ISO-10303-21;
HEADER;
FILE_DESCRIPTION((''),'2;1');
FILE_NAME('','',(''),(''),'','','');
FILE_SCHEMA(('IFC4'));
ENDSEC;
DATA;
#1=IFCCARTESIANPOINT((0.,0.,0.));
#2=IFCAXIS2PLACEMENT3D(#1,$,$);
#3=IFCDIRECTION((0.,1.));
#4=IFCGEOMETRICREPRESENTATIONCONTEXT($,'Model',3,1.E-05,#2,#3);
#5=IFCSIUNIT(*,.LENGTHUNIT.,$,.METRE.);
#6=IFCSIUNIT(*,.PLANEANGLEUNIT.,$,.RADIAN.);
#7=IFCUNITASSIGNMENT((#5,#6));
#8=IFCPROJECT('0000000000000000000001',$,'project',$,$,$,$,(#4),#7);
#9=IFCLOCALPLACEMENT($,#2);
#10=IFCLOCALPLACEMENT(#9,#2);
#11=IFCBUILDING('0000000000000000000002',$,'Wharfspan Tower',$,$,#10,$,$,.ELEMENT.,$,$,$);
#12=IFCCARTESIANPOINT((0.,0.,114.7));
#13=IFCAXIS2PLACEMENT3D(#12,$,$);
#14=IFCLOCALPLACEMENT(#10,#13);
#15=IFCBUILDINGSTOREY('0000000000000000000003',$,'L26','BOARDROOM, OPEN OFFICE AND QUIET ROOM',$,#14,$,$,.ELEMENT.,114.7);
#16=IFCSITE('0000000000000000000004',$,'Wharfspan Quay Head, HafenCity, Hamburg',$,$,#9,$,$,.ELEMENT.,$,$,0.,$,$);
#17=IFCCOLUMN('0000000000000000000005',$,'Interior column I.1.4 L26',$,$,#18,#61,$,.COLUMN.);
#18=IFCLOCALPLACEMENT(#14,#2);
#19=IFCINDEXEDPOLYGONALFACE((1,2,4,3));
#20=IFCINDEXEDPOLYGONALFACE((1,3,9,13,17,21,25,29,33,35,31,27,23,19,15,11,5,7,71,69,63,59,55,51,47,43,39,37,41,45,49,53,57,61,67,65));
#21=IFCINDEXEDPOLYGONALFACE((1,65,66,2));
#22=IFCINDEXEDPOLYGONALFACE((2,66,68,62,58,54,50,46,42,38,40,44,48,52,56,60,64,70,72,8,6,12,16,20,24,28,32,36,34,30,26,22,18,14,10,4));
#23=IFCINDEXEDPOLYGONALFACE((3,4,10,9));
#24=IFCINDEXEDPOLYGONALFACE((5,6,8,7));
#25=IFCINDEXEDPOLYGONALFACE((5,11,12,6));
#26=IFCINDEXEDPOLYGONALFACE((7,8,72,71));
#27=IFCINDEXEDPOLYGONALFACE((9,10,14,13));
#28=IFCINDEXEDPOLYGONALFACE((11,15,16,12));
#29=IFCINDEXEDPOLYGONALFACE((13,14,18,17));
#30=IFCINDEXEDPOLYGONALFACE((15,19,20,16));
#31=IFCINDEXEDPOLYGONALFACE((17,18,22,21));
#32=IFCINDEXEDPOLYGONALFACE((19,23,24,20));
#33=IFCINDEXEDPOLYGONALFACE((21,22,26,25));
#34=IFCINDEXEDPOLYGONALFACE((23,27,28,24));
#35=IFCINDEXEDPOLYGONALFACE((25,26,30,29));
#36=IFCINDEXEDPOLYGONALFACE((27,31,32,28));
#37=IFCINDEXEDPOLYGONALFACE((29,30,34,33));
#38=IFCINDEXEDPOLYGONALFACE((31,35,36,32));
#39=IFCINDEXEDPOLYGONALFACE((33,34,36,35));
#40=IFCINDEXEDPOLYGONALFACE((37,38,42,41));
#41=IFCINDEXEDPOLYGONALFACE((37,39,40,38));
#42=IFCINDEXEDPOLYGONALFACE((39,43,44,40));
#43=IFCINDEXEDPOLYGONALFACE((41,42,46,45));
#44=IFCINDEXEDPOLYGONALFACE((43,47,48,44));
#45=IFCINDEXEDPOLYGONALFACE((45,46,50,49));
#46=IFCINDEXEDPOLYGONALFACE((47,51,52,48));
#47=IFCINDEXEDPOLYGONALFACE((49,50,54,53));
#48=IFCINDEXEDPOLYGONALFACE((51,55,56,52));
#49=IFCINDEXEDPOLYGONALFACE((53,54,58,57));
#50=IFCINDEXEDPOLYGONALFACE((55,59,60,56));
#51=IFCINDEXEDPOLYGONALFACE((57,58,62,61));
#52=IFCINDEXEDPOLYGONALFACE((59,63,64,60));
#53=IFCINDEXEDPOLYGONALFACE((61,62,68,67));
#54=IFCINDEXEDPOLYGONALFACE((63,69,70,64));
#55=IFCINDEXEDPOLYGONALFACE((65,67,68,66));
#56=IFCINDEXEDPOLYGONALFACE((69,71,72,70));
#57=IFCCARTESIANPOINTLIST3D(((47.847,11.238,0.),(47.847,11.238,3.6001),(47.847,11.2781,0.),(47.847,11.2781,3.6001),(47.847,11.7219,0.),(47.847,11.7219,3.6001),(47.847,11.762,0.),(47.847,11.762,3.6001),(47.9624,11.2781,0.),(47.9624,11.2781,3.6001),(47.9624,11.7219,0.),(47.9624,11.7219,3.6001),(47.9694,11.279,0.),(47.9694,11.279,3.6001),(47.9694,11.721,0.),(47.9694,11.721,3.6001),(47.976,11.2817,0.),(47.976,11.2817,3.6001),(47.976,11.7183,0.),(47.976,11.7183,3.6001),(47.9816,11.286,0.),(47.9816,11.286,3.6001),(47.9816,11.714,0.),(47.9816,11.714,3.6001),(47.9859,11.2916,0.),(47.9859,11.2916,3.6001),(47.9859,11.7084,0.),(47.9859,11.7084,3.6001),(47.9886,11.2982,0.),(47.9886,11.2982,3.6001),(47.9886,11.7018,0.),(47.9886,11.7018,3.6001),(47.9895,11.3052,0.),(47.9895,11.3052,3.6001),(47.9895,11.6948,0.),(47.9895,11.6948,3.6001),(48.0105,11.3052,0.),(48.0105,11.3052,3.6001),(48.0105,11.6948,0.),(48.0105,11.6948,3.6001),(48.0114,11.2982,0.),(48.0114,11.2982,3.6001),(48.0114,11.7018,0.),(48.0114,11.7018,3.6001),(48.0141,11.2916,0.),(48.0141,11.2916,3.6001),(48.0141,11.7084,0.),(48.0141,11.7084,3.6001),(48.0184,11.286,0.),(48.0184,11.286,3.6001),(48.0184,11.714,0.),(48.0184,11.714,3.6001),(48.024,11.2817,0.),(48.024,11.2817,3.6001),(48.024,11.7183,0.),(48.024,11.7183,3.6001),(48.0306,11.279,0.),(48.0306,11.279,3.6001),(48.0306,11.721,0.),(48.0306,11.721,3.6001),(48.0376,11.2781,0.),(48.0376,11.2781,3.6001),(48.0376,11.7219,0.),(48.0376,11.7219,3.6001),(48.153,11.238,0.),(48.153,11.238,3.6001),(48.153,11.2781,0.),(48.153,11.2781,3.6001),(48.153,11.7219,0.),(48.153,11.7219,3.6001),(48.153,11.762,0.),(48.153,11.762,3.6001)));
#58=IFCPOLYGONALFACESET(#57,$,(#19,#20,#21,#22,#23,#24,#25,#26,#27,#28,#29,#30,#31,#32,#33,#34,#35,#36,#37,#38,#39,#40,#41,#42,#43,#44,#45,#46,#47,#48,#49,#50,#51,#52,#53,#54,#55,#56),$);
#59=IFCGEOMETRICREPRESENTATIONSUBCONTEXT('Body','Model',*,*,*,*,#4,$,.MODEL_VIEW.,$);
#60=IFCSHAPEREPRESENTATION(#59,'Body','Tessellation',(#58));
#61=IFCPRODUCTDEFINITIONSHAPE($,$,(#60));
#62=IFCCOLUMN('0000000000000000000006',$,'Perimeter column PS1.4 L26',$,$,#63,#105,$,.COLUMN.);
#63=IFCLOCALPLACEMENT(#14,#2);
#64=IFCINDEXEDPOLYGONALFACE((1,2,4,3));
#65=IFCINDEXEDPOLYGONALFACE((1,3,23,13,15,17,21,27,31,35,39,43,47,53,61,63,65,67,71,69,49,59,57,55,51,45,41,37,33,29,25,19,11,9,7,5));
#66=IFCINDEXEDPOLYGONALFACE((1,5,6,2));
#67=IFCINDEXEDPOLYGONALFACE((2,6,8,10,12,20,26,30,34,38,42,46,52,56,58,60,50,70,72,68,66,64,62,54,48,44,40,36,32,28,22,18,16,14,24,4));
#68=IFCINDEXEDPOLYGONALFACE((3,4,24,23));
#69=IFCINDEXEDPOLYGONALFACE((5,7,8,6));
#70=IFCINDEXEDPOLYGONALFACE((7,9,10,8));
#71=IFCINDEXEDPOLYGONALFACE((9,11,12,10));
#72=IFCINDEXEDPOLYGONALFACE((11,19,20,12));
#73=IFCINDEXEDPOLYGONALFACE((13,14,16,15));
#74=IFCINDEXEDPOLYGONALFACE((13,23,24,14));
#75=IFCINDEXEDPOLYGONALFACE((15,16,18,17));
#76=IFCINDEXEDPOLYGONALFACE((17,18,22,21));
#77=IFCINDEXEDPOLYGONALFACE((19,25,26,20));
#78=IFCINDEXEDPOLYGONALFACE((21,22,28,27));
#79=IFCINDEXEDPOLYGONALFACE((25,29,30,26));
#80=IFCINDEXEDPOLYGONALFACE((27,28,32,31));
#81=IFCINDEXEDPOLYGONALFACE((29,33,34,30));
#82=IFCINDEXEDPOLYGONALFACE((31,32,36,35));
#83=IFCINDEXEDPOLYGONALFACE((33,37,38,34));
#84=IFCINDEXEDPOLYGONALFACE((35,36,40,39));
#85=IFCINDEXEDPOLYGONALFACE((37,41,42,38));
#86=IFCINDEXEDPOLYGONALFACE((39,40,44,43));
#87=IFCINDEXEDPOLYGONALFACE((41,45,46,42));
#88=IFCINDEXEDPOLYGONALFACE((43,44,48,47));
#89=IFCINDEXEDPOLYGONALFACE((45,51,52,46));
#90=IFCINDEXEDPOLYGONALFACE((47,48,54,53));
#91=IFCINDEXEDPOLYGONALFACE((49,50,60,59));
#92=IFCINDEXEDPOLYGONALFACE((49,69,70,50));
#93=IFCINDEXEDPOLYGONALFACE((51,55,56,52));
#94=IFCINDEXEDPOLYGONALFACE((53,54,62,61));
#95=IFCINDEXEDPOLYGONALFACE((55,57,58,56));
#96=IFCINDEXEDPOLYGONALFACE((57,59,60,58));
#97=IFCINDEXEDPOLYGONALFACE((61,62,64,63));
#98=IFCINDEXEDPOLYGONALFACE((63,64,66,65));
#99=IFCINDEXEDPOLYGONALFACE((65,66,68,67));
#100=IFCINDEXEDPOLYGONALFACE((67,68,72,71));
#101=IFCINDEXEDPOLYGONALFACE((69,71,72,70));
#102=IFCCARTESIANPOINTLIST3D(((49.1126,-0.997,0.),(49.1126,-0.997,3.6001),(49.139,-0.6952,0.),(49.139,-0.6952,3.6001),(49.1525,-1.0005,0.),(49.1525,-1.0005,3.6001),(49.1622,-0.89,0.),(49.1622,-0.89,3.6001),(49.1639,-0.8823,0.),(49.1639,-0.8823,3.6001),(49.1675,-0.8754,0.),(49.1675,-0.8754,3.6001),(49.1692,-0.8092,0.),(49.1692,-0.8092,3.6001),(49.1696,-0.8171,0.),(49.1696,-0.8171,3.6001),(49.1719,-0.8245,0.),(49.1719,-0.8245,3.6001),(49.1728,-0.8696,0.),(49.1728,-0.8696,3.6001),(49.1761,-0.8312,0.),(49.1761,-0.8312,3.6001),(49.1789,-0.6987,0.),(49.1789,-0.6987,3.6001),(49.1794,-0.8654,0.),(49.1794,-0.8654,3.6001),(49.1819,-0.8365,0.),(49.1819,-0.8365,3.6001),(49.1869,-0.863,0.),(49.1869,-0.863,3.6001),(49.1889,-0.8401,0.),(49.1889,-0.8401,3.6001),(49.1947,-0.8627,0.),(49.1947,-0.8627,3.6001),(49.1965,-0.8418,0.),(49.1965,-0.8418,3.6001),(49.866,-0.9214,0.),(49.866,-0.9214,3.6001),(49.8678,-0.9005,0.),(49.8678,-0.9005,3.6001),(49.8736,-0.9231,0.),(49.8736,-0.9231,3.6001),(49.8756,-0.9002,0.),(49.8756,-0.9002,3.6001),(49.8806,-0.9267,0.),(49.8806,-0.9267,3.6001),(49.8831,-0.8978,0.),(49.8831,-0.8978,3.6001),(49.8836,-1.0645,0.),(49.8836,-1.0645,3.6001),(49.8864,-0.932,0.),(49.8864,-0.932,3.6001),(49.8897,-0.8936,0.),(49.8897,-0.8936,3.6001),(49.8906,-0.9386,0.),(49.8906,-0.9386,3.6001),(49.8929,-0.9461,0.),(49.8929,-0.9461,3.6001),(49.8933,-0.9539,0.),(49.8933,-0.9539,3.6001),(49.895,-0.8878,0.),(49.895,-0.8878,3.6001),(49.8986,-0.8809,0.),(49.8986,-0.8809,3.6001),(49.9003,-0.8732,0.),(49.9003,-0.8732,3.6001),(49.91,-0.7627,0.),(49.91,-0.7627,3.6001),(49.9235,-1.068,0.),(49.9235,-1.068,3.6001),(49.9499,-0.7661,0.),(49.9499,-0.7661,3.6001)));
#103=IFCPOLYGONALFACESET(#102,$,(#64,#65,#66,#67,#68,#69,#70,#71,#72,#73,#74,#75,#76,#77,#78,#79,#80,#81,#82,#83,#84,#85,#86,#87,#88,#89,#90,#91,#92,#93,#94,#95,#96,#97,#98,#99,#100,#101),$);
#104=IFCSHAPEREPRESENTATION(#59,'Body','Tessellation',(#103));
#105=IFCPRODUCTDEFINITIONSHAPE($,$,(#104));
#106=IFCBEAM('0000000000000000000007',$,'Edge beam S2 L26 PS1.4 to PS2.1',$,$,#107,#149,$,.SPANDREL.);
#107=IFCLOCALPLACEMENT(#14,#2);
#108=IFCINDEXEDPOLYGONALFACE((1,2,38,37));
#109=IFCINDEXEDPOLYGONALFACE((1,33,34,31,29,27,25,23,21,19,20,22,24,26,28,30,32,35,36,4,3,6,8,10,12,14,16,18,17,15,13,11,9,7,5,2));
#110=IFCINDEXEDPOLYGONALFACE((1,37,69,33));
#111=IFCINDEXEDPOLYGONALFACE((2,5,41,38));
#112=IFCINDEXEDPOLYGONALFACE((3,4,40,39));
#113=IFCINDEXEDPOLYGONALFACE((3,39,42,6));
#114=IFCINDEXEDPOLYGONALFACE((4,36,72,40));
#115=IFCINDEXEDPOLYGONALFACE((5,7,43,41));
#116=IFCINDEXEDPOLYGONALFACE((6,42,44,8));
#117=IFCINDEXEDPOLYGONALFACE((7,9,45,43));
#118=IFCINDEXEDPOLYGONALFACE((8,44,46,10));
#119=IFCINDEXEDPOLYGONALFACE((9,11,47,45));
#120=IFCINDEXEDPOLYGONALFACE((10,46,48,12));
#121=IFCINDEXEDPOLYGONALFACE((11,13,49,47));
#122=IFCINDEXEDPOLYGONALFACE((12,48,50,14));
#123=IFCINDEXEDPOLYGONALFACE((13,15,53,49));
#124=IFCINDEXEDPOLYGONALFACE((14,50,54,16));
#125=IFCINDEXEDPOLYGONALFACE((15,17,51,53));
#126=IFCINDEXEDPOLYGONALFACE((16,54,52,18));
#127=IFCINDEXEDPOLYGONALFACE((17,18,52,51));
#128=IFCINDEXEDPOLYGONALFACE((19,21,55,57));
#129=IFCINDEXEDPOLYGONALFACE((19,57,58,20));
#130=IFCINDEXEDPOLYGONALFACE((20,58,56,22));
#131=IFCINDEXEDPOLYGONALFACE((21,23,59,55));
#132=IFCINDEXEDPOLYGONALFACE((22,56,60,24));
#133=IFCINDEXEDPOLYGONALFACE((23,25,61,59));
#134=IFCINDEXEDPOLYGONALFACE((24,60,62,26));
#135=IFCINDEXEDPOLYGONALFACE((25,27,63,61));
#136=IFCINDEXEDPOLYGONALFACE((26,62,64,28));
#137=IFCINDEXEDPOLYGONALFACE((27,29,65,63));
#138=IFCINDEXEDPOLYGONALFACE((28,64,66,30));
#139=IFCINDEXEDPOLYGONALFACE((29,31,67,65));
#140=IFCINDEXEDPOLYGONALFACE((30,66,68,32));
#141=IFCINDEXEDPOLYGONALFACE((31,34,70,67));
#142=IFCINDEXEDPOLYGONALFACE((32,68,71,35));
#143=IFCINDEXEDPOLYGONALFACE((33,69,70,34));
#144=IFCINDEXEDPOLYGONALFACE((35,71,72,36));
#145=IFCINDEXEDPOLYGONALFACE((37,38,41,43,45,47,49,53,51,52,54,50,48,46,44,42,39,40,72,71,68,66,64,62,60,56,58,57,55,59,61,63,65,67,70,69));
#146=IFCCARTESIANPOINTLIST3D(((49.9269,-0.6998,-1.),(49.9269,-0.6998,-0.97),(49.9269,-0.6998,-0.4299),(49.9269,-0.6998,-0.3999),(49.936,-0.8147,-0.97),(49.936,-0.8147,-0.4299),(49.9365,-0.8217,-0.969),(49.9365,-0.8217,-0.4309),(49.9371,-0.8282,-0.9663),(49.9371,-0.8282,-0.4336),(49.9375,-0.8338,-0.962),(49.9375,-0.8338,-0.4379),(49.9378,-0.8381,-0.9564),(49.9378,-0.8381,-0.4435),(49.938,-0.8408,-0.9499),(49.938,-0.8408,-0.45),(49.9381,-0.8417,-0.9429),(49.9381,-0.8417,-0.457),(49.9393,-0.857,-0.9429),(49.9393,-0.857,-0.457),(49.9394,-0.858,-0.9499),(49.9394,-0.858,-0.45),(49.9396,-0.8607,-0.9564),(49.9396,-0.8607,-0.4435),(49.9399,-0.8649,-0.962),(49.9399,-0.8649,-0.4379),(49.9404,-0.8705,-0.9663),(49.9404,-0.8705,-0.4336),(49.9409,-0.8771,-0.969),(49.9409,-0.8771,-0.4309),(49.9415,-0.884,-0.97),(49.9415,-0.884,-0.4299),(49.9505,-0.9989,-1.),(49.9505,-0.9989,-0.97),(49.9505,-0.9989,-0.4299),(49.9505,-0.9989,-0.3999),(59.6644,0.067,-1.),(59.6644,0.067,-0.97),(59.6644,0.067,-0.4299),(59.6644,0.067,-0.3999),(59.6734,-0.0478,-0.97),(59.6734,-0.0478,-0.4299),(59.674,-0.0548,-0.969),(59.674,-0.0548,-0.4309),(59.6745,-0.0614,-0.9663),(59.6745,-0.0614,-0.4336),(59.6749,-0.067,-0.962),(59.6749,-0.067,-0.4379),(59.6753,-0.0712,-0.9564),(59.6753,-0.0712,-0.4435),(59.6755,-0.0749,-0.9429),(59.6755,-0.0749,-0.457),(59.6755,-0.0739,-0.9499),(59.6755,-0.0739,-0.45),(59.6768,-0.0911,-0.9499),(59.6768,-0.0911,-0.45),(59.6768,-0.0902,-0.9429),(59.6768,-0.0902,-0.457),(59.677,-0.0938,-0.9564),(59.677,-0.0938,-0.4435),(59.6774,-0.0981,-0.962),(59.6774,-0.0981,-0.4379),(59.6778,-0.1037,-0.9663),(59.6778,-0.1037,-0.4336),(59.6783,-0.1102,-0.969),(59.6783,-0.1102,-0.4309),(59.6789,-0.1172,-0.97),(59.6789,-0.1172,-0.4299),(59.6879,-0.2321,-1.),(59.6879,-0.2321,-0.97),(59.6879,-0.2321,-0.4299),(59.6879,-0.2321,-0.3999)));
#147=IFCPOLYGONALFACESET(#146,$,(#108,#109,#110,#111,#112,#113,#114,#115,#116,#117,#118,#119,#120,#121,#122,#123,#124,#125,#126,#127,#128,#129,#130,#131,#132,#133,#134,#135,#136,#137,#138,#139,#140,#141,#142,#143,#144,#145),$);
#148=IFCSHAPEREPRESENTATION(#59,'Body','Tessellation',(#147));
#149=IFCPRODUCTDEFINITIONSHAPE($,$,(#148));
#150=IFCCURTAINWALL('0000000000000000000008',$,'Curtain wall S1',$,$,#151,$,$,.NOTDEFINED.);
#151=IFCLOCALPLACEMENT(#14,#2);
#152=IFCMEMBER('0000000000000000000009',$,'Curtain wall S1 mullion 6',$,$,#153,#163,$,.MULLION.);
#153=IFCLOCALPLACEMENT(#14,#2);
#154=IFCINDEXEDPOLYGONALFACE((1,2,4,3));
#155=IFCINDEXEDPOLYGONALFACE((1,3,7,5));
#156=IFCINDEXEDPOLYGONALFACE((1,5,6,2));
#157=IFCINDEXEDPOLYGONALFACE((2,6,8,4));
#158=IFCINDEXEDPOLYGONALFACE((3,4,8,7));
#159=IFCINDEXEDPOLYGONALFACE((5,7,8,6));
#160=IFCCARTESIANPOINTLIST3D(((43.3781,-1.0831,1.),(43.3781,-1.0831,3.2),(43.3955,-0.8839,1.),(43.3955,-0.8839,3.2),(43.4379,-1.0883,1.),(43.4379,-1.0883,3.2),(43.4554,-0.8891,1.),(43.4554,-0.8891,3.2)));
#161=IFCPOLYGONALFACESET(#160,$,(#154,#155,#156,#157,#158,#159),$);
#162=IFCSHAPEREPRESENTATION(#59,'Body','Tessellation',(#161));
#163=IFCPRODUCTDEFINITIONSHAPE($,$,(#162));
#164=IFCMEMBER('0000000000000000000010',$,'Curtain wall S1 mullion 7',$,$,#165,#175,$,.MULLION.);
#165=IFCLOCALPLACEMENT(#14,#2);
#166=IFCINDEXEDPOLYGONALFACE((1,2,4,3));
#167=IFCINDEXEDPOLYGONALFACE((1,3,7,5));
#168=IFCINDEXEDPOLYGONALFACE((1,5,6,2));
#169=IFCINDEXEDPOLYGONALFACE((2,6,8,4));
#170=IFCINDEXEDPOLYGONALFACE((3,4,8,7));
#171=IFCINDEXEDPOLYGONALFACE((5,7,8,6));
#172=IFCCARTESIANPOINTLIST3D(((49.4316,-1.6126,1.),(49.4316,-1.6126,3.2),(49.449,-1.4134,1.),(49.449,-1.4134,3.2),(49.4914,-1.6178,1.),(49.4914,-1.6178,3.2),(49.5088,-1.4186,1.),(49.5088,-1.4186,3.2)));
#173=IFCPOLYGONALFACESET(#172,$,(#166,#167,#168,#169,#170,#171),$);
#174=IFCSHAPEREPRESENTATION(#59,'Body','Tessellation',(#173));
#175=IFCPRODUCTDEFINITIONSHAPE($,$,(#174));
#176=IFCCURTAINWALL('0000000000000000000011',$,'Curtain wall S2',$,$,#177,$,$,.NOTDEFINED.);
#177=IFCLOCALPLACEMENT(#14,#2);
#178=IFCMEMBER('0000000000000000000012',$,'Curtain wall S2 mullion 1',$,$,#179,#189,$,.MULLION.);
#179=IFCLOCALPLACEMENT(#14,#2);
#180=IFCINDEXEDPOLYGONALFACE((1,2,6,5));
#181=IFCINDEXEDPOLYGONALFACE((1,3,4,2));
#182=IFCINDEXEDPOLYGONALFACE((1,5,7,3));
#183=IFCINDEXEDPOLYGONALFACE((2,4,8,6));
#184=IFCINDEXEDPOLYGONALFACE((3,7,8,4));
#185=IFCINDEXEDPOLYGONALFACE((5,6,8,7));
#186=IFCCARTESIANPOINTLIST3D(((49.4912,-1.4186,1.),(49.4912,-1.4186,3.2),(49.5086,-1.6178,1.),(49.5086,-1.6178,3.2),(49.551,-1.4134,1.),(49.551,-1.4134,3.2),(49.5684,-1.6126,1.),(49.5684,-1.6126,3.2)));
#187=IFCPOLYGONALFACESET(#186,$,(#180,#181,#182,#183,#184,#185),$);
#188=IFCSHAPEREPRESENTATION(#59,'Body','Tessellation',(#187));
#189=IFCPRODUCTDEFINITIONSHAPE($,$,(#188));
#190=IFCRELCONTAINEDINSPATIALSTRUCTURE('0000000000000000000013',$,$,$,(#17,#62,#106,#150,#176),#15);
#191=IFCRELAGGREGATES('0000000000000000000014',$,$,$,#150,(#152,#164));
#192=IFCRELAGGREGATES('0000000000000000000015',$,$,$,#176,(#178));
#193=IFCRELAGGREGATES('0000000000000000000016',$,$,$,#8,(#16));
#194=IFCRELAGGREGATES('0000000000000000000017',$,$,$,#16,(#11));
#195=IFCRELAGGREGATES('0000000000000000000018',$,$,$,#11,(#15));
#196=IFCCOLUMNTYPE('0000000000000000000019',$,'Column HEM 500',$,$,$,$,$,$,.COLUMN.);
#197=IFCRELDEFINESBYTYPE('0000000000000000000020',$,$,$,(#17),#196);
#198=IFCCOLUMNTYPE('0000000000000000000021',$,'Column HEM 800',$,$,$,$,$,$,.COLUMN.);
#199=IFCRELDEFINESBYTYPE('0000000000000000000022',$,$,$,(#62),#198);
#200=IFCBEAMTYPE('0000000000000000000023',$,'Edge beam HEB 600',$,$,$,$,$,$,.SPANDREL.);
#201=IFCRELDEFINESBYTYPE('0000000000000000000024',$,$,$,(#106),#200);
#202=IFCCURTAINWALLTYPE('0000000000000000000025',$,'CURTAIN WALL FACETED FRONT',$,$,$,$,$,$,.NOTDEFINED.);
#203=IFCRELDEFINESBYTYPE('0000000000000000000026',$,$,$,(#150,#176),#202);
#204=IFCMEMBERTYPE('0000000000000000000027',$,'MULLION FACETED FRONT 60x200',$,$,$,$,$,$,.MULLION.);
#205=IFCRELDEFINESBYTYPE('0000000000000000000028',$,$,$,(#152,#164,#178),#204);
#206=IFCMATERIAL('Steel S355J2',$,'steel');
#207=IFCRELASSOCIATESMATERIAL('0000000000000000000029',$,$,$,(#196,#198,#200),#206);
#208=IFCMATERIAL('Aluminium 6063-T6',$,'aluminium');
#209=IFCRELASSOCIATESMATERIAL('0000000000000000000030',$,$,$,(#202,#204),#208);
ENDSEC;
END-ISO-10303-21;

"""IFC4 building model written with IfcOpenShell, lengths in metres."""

from ifc_helpers import new_model, si_unit, direction, frame, origin, origin_2d, place, context, subcontext, project, spatial, rectangle, i_section, extrude, material, material_profile, profile_set, type_object, element, aggregate, save


model = new_model("IFC4")

# Units and contexts
model_context = context("Model", 3, precision=1e-05, world=origin(), true_north=direction((0.0, 1.0)))
body_context = subcontext(model_context, "Body", "Model", "MODEL_VIEW")
ifc_project = project(units=[si_unit("LENGTHUNIT", "METRE"), si_unit("PLANEANGLEUNIT", "RADIAN")], contexts=[model_context])

# Site, building, storey
site_placement = place(None, origin())
site = spatial("IfcSite", under=ifc_project, at=site_placement, Name="Wharfspan Quay Head, HafenCity, Hamburg", CompositionType="ELEMENT", RefElevation=0.0)
building_placement = place(site_placement, origin())
building = spatial("IfcBuilding", under=site, at=building_placement, Name="Wharfspan Tower", CompositionType="ELEMENT")
storey_placement = place(building_placement, frame((0.0, 0.0, 114.7)))
storey = spatial("IfcBuildingStorey", under=building, at=storey_placement, Name="L26", Description="BOARDROOM, OPEN OFFICE AND QUIET ROOM", CompositionType="ELEMENT", Elevation=114.7)

# Columns
ifc_material_1 = material(Name="Steel S355J2", Category="steel")
ifc_material_profile_1 = material_profile(ifc_material_1, i_section(OverallWidth=0.3059, OverallDepth=0.5239, WebThickness=0.021, FlangeThickness=0.04, FilletRadius=0.0271, at=origin_2d()))
ifc_profile_set_1 = profile_set([ifc_material_profile_1], Name="Steel S355J2")
column_type_1 = type_object("IfcColumnType", Name="Column HEM 500", PredefinedType="COLUMN", material=ifc_profile_set_1)
column_1_placement = place(storey_placement, frame((48.0, 11.5, 0.0), z_axis=(0.0, 0.0, 1.0), x_axis=(1.0, 0.0, 0.0)))
element("IfcColumn", 1, at=column_1_placement, inside=storey, type_object=column_type_1, Name="Interior column I.1.4 L26", PredefinedType="COLUMN", context=body_context, shape_type="SweptSolid", body=[
    extrude(i_section(OverallWidth=0.3059, OverallDepth=0.5239, WebThickness=0.021, FlangeThickness=0.04, FilletRadius=0.0271, at=origin_2d()), origin(), (0.0, 0.0, 1.0), 3.6001),
])
ifc_material_profile_2 = material_profile(ifc_material_1, i_section(OverallWidth=0.303, OverallDepth=0.814, WebThickness=0.021, FlangeThickness=0.04, FilletRadius=0.03, at=origin_2d()))
ifc_profile_set_2 = profile_set([ifc_material_profile_2], Name="Steel S355J2")
column_type_2 = type_object("IfcColumnType", Name="Column HEM 800", PredefinedType="COLUMN", material=ifc_profile_set_2)
column_2_placement = place(storey_placement, frame((49.5312, -0.8816, 0.0), z_axis=(0.0, 0.0, 1.0), x_axis=(-0.087156, -0.996198, 0.0)))
element("IfcColumn", 2, at=column_2_placement, inside=storey, type_object=column_type_2, Name="Perimeter column PS1.4 L26", PredefinedType="COLUMN", context=body_context, shape_type="SweptSolid", body=[
    extrude(i_section(OverallWidth=0.303, OverallDepth=0.814, WebThickness=0.021, FlangeThickness=0.04, FilletRadius=0.03, at=origin_2d()), origin(), (0.0, 0.0, 1.0), 3.6001),
])

# Beam
ifc_material_profile_3 = material_profile(ifc_material_1, i_section(OverallWidth=0.3, OverallDepth=0.6001, WebThickness=0.0154, FlangeThickness=0.03, FilletRadius=0.0271, at=origin_2d()))
ifc_profile_set_3 = profile_set([ifc_material_profile_3], Name="Steel S355J2")
beam_type = type_object("IfcBeamType", Name="Edge beam HEB 600", PredefinedType="SPANDREL", material=ifc_profile_set_3)
beam_placement = place(storey_placement, frame((49.9387, -0.8494, -0.7), z_axis=(0.996913, 0.078508, 0.0), x_axis=(-0.078508, 0.996913, 0.0)))
element("IfcBeam", 3, at=beam_placement, inside=storey, type_object=beam_type, Name="Edge beam S2 L26 PS1.4 to PS2.1", PredefinedType="SPANDREL", context=body_context, shape_type="SweptSolid", body=[
    extrude(i_section(OverallWidth=0.3, OverallDepth=0.6001, WebThickness=0.0154, FlangeThickness=0.03, FilletRadius=0.0271, at=origin_2d()), origin(), (0.0, 0.0, 1.0), 9.7676),
])

# Curtain walls, members
ifc_material_2 = material(Name="Aluminium 6063-T6", Category="aluminium")
curtain_wall_type = type_object("IfcCurtainWallType", Name="CURTAIN WALL FACETED FRONT", PredefinedType="NOTDEFINED", material=ifc_material_2)
curtain_wall_1_placement = place(storey_placement, origin())
curtain_wall_1 = element("IfcCurtainWall", 4, at=curtain_wall_1_placement, inside=storey, type_object=curtain_wall_type, Name="Curtain wall S1", PredefinedType="NOTDEFINED")
ifc_material_profile_4 = material_profile(ifc_material_2, rectangle(XDim=0.2, YDim=0.0601, at=origin_2d()))
ifc_profile_set_4 = profile_set([ifc_material_profile_4], Name="Aluminium 6063-T6")
member_type_1 = type_object("IfcMemberType", Name="MULLION FACETED FRONT 60x200", PredefinedType="MULLION", material=ifc_profile_set_4)
member_1_placement = place(storey_placement, frame((43.4167, -0.9861, 1.0), z_axis=(0.0, 0.0, 1.0), x_axis=(0.087156, 0.996198, 0.0)))
member_1 = element("IfcMember", 5, at=member_1_placement, type_object=member_type_1, Name="Curtain wall S1 mullion 6", PredefinedType="MULLION", context=body_context, shape_type="SweptSolid", body=[
    extrude(rectangle(XDim=0.2, YDim=0.0601, at=origin_2d()), origin(), (0.0, 0.0, 1.0), 2.2),
])
member_2_placement = place(storey_placement, frame((49.4702, -1.5156, 1.0), z_axis=(0.0, 0.0, 1.0), x_axis=(0.087156, 0.996198, 0.0)))
member_2 = element("IfcMember", 6, at=member_2_placement, type_object=member_type_1, Name="Curtain wall S1 mullion 7", PredefinedType="MULLION", context=body_context, shape_type="SweptSolid", body=[
    extrude(rectangle(XDim=0.2, YDim=0.0601, at=origin_2d()), origin(), (0.0, 0.0, 1.0), 2.2),
])
curtain_wall_2_placement = place(storey_placement, origin())
curtain_wall_2 = element("IfcCurtainWall", 7, at=curtain_wall_2_placement, inside=storey, type_object=curtain_wall_type, Name="Curtain wall S2", PredefinedType="NOTDEFINED")
member_3_placement = place(storey_placement, frame((49.5298, -1.5156, 1.0), z_axis=(0.0, 0.0, 1.0), x_axis=(-0.087156, 0.996198, 0.0)))
member_3 = element("IfcMember", 8, at=member_3_placement, type_object=member_type_1, Name="Curtain wall S2 mullion 1", PredefinedType="MULLION", context=body_context, shape_type="SweptSolid", body=[
    extrude(rectangle(XDim=0.2, YDim=0.0601, at=origin_2d()), origin(), (0.0, 0.0, 1.0), 2.2),
])

aggregate(curtain_wall_1, [member_1, member_2])
aggregate(curtain_wall_2, [member_3])

save(model, "model.ifc")
